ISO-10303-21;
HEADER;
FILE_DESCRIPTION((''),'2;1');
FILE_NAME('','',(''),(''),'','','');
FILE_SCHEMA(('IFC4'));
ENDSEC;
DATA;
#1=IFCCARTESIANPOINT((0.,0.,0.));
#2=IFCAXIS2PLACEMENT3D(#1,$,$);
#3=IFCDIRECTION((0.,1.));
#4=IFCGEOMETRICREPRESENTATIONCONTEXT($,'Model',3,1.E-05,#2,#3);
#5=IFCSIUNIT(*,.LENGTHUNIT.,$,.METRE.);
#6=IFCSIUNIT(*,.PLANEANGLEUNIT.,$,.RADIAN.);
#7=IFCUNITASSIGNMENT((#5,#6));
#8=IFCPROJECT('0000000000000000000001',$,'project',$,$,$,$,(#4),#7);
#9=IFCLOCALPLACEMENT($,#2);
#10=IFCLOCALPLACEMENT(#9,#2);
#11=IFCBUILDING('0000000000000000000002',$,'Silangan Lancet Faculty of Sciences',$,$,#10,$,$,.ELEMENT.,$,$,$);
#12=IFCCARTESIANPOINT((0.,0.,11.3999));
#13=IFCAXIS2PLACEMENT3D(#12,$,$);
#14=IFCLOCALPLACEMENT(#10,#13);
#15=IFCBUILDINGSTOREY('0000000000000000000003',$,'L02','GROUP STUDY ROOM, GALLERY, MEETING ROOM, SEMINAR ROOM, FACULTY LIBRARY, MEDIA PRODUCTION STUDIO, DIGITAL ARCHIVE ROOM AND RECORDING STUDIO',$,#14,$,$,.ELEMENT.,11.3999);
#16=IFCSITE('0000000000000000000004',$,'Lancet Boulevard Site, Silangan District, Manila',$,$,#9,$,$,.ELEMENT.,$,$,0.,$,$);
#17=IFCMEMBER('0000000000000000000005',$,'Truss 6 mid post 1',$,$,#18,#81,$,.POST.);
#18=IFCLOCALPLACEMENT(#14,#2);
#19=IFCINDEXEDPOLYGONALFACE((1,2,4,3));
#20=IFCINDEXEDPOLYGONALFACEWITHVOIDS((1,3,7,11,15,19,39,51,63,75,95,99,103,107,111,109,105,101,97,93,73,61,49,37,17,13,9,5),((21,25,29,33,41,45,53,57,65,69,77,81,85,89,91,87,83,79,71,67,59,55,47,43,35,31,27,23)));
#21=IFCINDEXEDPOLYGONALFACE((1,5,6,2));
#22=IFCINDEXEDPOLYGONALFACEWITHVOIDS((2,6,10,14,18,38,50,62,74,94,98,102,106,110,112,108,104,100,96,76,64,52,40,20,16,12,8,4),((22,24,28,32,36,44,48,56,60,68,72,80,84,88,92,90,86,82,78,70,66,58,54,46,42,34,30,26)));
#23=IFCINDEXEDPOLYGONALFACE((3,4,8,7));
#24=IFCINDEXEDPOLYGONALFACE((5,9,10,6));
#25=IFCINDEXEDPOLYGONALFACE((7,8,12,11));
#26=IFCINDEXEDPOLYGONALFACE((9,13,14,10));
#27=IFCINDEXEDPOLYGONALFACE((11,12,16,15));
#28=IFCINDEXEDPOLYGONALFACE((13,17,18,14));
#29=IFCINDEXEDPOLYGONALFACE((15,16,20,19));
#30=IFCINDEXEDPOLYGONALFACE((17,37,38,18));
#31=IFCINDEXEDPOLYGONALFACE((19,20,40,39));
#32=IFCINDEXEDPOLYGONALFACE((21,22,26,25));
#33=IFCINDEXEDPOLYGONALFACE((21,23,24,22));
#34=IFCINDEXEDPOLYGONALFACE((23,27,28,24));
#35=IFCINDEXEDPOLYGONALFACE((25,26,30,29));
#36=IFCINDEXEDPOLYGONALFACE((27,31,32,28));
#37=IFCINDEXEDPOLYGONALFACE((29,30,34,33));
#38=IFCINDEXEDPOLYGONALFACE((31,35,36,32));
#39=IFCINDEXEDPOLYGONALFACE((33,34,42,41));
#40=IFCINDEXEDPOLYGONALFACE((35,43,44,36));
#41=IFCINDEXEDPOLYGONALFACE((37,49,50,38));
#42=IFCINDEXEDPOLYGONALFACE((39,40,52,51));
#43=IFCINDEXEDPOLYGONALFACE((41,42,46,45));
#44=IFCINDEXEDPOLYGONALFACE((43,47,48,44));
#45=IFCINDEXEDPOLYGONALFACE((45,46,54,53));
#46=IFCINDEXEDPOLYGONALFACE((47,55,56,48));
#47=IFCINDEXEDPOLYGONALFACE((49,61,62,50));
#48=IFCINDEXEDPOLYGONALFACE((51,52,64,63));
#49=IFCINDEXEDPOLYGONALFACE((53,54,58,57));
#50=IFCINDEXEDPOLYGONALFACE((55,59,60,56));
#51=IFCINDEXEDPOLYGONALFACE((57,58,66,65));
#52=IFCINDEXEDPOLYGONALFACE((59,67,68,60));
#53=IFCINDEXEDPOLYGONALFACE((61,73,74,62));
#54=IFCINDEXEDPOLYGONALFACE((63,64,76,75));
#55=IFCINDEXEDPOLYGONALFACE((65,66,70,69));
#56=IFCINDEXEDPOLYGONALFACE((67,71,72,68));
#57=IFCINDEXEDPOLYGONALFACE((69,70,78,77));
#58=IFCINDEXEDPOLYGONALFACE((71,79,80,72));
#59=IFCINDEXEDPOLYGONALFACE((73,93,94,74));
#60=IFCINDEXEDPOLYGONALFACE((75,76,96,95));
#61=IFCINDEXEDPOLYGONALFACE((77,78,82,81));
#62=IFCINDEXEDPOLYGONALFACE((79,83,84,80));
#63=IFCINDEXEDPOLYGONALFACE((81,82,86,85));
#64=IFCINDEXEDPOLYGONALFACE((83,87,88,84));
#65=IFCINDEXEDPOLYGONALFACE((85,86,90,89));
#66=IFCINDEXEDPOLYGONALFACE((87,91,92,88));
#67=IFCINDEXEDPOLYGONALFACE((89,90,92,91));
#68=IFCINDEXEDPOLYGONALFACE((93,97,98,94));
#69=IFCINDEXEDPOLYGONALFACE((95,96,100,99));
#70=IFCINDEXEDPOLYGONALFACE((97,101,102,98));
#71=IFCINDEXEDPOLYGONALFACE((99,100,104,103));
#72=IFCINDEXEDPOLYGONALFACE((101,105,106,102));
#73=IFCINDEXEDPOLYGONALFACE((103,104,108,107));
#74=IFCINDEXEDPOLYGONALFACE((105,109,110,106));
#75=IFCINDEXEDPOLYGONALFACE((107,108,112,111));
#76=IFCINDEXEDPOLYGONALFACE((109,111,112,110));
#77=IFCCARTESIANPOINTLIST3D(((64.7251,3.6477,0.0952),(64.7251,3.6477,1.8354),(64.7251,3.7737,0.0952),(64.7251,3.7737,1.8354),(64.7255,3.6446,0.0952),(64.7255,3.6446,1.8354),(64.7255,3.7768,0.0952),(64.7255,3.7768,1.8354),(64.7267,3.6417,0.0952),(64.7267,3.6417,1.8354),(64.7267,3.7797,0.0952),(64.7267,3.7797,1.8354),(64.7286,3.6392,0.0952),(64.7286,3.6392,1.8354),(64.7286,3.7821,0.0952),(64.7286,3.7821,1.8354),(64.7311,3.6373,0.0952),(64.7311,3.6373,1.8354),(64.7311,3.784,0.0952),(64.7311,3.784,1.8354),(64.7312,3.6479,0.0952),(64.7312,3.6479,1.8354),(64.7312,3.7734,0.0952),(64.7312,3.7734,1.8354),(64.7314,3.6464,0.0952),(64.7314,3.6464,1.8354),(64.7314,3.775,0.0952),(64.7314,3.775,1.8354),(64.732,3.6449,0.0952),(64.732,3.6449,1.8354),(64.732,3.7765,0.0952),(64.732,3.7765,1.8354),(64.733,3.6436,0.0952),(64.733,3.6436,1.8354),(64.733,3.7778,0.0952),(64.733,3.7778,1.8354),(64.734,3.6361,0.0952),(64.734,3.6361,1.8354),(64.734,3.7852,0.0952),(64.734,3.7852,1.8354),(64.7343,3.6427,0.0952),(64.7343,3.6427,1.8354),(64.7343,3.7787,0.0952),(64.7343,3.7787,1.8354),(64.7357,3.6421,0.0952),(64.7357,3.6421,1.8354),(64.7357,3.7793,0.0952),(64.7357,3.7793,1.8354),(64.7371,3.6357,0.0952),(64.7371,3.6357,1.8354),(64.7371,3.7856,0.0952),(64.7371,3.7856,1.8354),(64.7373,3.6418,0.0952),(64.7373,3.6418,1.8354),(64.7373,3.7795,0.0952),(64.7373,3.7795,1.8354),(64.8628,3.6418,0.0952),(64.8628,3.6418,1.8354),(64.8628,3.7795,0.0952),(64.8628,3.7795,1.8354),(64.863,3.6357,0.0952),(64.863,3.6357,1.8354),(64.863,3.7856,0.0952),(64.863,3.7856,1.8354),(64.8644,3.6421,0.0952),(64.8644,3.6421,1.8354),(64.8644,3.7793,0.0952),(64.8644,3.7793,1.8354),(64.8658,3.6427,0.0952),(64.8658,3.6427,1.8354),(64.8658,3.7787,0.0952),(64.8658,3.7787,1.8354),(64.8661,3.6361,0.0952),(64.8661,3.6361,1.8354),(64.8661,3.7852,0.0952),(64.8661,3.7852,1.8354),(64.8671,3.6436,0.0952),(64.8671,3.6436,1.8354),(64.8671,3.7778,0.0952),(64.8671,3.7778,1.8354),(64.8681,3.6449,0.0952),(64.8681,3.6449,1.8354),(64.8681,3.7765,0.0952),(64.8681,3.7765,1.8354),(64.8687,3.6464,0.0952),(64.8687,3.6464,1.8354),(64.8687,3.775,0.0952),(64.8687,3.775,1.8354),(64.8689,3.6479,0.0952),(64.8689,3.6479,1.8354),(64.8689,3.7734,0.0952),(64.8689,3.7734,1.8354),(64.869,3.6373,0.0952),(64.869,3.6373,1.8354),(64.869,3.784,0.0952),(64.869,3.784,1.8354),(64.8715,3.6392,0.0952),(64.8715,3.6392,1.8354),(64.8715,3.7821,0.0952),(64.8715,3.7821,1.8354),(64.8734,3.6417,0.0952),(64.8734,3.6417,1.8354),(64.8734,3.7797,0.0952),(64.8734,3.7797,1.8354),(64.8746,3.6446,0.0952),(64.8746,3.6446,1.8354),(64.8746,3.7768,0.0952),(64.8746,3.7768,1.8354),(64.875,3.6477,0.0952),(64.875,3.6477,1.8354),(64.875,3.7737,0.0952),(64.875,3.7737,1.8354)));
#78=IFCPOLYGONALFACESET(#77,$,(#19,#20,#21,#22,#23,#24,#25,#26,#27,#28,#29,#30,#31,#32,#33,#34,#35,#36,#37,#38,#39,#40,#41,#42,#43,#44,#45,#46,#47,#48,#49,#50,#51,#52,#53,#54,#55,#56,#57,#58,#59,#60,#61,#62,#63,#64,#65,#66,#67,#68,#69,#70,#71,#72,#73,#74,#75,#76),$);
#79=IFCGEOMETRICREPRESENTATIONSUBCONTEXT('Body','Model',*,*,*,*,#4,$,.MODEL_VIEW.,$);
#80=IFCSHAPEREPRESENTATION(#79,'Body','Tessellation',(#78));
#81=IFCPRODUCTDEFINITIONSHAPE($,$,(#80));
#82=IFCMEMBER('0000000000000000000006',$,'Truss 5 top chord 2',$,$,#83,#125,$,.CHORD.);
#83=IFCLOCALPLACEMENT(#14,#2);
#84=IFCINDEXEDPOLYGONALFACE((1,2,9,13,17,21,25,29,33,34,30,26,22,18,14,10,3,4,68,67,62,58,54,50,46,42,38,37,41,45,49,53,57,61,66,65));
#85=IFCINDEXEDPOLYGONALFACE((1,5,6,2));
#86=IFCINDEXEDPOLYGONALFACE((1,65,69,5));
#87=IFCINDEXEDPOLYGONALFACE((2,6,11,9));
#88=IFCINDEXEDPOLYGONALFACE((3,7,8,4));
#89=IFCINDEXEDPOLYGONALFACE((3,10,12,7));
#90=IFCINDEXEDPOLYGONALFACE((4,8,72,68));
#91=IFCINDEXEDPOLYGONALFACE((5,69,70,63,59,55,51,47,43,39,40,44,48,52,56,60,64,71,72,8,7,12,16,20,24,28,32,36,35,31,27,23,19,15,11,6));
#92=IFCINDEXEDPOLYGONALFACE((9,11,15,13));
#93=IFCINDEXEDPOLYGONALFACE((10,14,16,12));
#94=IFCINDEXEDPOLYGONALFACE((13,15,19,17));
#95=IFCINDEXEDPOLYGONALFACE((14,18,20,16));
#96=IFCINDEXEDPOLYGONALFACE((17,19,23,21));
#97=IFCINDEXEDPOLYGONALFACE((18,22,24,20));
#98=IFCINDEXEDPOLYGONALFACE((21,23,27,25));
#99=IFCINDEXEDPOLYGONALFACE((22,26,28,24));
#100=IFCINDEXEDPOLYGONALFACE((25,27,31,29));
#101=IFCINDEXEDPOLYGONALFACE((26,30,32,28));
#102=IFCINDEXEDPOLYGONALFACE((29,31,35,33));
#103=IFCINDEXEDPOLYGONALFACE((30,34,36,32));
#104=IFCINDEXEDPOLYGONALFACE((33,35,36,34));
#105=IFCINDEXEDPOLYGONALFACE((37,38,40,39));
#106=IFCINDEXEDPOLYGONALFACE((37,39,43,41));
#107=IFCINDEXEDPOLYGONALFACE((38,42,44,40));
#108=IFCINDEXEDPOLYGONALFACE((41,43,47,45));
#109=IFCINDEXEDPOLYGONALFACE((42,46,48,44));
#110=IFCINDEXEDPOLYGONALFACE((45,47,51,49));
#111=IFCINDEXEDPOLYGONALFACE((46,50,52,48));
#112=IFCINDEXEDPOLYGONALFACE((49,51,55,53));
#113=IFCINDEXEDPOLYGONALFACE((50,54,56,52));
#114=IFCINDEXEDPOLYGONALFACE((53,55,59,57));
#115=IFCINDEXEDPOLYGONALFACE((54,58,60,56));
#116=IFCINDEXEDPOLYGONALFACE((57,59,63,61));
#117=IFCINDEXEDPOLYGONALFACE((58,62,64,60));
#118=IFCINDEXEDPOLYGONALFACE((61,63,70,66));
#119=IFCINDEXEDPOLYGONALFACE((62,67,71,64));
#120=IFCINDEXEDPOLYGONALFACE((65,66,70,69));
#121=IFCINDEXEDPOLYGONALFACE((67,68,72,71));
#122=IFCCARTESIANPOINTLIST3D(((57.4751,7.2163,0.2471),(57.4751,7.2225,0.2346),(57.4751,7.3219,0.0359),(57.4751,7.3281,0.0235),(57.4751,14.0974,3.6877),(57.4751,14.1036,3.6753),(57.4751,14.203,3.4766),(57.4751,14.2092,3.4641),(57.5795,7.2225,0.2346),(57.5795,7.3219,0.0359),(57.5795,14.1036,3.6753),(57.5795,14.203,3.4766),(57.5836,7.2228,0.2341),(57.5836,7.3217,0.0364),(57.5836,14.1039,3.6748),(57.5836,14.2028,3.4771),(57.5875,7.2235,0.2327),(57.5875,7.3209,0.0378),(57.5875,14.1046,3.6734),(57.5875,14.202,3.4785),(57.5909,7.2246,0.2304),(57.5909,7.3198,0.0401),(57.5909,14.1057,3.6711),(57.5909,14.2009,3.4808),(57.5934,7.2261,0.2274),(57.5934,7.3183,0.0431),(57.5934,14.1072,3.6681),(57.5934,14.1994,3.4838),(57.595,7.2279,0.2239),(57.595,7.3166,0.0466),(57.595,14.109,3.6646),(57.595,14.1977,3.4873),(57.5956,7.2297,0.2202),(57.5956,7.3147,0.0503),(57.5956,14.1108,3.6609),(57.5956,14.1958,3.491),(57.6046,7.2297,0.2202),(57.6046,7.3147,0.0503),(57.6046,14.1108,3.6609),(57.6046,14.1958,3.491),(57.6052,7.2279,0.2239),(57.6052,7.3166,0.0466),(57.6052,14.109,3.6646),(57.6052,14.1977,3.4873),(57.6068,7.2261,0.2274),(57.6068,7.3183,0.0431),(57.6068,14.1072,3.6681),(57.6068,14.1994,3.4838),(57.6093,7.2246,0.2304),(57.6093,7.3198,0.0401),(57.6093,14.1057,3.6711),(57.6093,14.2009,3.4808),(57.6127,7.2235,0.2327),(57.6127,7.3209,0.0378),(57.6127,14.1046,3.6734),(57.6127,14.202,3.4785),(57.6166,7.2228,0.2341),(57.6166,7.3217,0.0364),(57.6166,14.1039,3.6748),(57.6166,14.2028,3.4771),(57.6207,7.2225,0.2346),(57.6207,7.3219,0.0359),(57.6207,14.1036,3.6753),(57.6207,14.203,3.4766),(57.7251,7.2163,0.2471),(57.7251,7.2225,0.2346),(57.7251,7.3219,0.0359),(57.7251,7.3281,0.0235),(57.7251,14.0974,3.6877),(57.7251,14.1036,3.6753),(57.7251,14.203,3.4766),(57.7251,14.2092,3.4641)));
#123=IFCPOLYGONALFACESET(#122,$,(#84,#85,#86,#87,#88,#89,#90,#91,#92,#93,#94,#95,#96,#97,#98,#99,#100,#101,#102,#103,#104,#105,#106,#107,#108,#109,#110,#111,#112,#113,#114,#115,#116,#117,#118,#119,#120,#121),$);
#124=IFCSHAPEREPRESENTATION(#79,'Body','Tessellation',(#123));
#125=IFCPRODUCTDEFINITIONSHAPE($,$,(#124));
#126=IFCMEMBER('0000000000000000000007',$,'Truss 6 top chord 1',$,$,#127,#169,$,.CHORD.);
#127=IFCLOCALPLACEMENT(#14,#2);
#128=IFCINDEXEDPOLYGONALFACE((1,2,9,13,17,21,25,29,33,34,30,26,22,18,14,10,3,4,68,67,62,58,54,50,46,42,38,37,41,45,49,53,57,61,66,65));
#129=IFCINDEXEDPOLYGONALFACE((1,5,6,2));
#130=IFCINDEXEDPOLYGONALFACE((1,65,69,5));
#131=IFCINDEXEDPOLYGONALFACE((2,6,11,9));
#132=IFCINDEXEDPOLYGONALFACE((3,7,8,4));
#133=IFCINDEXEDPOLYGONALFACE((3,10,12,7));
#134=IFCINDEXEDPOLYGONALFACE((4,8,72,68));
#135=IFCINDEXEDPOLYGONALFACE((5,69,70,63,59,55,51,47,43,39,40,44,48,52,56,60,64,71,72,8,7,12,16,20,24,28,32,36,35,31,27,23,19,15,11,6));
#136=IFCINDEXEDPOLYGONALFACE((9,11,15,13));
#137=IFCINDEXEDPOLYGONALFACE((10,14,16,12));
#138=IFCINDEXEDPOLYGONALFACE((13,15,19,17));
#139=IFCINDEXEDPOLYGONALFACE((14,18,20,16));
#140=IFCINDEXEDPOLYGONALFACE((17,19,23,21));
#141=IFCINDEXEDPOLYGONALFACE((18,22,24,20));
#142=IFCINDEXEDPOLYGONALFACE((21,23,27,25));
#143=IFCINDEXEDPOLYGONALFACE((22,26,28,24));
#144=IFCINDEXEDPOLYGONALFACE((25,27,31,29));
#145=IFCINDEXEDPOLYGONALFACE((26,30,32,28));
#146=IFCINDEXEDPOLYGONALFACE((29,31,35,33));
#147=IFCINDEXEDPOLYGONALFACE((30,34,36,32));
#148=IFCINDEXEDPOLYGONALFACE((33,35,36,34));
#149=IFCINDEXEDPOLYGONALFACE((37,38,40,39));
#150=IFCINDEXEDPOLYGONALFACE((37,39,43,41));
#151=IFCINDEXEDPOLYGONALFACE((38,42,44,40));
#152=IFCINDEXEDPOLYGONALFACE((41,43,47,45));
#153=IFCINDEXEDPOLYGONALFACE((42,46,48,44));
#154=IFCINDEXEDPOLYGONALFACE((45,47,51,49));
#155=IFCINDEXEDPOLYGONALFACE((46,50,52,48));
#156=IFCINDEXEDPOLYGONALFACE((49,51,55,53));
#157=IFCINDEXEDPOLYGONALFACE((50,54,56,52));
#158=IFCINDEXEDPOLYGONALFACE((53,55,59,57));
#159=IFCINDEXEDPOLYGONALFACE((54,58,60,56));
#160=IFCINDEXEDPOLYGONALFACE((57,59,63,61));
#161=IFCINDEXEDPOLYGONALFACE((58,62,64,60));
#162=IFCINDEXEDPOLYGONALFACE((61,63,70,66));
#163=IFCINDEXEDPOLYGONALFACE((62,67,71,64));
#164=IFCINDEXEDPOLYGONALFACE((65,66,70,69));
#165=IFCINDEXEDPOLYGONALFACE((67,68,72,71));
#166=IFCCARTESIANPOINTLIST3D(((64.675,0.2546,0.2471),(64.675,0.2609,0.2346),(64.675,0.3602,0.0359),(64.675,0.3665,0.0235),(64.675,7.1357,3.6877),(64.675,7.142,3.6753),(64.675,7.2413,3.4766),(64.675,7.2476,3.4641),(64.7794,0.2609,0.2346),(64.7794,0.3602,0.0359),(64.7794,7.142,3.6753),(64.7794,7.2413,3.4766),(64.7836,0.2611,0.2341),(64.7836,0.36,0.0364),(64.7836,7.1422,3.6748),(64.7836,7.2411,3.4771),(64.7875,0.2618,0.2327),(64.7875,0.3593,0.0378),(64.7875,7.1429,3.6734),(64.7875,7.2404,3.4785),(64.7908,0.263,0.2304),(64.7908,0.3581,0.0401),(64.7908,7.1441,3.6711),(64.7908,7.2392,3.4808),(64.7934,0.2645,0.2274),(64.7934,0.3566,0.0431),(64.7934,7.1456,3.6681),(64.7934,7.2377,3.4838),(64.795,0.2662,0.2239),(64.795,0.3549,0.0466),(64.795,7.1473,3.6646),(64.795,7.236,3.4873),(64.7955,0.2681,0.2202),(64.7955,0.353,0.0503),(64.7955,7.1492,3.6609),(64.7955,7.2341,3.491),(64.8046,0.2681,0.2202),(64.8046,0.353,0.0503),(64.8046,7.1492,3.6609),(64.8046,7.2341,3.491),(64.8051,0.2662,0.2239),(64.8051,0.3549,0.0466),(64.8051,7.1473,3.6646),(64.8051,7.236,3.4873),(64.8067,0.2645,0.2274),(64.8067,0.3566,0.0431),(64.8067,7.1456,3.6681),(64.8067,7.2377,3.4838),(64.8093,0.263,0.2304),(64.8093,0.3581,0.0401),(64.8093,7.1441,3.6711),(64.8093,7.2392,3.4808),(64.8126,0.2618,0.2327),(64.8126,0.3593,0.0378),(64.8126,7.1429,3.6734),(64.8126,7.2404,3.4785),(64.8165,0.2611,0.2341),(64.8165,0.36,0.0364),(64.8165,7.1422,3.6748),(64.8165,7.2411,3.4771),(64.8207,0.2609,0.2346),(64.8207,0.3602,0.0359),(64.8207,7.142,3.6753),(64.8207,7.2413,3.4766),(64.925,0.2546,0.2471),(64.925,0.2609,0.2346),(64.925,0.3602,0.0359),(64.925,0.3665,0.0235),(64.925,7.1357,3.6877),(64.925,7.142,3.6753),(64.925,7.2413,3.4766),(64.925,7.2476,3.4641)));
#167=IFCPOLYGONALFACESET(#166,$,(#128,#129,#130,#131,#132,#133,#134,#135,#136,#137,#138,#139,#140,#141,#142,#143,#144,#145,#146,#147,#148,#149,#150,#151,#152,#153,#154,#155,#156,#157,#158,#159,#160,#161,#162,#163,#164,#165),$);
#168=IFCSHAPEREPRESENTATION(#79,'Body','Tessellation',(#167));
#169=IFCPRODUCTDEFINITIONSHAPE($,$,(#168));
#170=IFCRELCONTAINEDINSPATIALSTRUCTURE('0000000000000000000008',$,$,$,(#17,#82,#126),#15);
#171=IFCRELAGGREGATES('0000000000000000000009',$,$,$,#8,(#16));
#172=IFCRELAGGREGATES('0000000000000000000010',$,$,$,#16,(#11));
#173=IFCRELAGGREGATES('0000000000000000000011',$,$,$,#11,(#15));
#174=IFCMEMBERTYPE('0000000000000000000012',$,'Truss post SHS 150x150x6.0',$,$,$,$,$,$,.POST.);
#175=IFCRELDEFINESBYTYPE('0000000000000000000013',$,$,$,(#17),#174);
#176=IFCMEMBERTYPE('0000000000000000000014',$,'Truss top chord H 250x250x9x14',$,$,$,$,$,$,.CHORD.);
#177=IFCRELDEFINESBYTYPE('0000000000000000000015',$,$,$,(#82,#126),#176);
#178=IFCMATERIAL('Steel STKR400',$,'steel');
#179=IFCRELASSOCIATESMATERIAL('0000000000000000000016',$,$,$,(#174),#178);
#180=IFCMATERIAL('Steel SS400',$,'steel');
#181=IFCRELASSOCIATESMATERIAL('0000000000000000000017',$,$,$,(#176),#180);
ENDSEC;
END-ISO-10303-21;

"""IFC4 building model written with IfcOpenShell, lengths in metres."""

from ifc_helpers import new_model, si_unit, direction, frame, origin, origin_2d, place, context, subcontext, project, spatial, hollow_rectangle, i_section, extrude, material, material_profile, profile_set, type_object, element, save


model = new_model("IFC4")

# Units and contexts
model_context = context("Model", 3, precision=1e-05, world=origin(), true_north=direction((0.0, 1.0)))
body_context = subcontext(model_context, "Body", "Model", "MODEL_VIEW")
ifc_project = project(units=[si_unit("LENGTHUNIT", "METRE"), si_unit("PLANEANGLEUNIT", "RADIAN")], contexts=[model_context])

# Site, building, storey
site_placement = place(None, origin())
site = spatial("IfcSite", under=ifc_project, at=site_placement, Name="Lancet Boulevard Site, Silangan District, Manila", CompositionType="ELEMENT", RefElevation=0.0)
building_placement = place(site_placement, origin())
building = spatial("IfcBuilding", under=site, at=building_placement, Name="Silangan Lancet Faculty of Sciences", CompositionType="ELEMENT")
storey_placement = place(building_placement, frame((0.0, 0.0, 11.3999)))
storey = spatial("IfcBuildingStorey", under=building, at=storey_placement, Name="L02", Description="GROUP STUDY ROOM, GALLERY, MEETING ROOM, SEMINAR ROOM, FACULTY LIBRARY, MEDIA PRODUCTION STUDIO, DIGITAL ARCHIVE ROOM AND RECORDING STUDIO", CompositionType="ELEMENT", Elevation=11.3999)

# Members
ifc_material_1 = material(Name="Steel STKR400", Category="steel")
ifc_material_profile_1 = material_profile(ifc_material_1, hollow_rectangle(XDim=0.1499, YDim=0.1499, WallThickness=0.0061, InnerFilletRadius=0.0061, OuterFilletRadius=0.012, at=origin_2d()), Name="SHS 150x150x6.0")
ifc_profile_set_1 = profile_set([ifc_material_profile_1], Name="Steel STKR400")
member_type_1 = type_object("IfcMemberType", Name="Truss post SHS 150x150x6.0", PredefinedType="POST", material=ifc_profile_set_1)
member_1_placement = place(storey_placement, frame((64.8, 3.7107, 0.0952), z_axis=(0.0, 0.0, 1.0), x_axis=(1.0, 0.0, 0.0)))
element("IfcMember", 1, at=member_1_placement, inside=storey, type_object=member_type_1, Name="Truss 6 mid post 1", PredefinedType="POST", context=body_context, shape_type="SweptSolid", body=[
    extrude(hollow_rectangle(XDim=0.1499, YDim=0.1499, WallThickness=0.0061, InnerFilletRadius=0.0061, OuterFilletRadius=0.012, at=origin_2d()), origin(), (0.0, 0.0, 1.0), 1.7402),
])
ifc_material_2 = material(Name="Steel SS400", Category="steel")
ifc_material_profile_2 = material_profile(ifc_material_2, i_section(OverallWidth=0.25, OverallDepth=0.25, WebThickness=0.009, FlangeThickness=0.0139, FilletRadius=0.0161, at=origin_2d()), Name="H 250x250x9x14")
ifc_profile_set_2 = profile_set([ifc_material_profile_2], Name="Steel SS400")
member_type_2 = type_object("IfcMemberType", Name="Truss top chord H 250x250x9x14", PredefinedType="CHORD", material=ifc_profile_set_2)
for number, where, z_axis, x_axis, name in (
    (2, (57.6001, 7.2722, 0.1353), (0.0, 0.894421, 0.447226), (-1.0, 0.0, 0.0), "Truss 5 top chord 2"),
    (3, (64.8, 0.3105, 0.1353), (0.0, 0.894421, 0.447226), (-1.0, 0.0, 0.0), "Truss 6 top chord 1"),
):
    element("IfcMember", number, at=place(storey_placement, frame(where, z_axis=z_axis, x_axis=x_axis)), inside=storey, type_object=member_type_2, Name=name, PredefinedType="CHORD", context=body_context, shape_type="SweptSolid", body=[
        extrude(i_section(OverallWidth=0.25, OverallDepth=0.25, WebThickness=0.009, FlangeThickness=0.0139, FilletRadius=0.0161, at=origin_2d()), origin(), (0.0, 0.0, 1.0), 7.6934),
    ])

save(model, "model.ifc")
